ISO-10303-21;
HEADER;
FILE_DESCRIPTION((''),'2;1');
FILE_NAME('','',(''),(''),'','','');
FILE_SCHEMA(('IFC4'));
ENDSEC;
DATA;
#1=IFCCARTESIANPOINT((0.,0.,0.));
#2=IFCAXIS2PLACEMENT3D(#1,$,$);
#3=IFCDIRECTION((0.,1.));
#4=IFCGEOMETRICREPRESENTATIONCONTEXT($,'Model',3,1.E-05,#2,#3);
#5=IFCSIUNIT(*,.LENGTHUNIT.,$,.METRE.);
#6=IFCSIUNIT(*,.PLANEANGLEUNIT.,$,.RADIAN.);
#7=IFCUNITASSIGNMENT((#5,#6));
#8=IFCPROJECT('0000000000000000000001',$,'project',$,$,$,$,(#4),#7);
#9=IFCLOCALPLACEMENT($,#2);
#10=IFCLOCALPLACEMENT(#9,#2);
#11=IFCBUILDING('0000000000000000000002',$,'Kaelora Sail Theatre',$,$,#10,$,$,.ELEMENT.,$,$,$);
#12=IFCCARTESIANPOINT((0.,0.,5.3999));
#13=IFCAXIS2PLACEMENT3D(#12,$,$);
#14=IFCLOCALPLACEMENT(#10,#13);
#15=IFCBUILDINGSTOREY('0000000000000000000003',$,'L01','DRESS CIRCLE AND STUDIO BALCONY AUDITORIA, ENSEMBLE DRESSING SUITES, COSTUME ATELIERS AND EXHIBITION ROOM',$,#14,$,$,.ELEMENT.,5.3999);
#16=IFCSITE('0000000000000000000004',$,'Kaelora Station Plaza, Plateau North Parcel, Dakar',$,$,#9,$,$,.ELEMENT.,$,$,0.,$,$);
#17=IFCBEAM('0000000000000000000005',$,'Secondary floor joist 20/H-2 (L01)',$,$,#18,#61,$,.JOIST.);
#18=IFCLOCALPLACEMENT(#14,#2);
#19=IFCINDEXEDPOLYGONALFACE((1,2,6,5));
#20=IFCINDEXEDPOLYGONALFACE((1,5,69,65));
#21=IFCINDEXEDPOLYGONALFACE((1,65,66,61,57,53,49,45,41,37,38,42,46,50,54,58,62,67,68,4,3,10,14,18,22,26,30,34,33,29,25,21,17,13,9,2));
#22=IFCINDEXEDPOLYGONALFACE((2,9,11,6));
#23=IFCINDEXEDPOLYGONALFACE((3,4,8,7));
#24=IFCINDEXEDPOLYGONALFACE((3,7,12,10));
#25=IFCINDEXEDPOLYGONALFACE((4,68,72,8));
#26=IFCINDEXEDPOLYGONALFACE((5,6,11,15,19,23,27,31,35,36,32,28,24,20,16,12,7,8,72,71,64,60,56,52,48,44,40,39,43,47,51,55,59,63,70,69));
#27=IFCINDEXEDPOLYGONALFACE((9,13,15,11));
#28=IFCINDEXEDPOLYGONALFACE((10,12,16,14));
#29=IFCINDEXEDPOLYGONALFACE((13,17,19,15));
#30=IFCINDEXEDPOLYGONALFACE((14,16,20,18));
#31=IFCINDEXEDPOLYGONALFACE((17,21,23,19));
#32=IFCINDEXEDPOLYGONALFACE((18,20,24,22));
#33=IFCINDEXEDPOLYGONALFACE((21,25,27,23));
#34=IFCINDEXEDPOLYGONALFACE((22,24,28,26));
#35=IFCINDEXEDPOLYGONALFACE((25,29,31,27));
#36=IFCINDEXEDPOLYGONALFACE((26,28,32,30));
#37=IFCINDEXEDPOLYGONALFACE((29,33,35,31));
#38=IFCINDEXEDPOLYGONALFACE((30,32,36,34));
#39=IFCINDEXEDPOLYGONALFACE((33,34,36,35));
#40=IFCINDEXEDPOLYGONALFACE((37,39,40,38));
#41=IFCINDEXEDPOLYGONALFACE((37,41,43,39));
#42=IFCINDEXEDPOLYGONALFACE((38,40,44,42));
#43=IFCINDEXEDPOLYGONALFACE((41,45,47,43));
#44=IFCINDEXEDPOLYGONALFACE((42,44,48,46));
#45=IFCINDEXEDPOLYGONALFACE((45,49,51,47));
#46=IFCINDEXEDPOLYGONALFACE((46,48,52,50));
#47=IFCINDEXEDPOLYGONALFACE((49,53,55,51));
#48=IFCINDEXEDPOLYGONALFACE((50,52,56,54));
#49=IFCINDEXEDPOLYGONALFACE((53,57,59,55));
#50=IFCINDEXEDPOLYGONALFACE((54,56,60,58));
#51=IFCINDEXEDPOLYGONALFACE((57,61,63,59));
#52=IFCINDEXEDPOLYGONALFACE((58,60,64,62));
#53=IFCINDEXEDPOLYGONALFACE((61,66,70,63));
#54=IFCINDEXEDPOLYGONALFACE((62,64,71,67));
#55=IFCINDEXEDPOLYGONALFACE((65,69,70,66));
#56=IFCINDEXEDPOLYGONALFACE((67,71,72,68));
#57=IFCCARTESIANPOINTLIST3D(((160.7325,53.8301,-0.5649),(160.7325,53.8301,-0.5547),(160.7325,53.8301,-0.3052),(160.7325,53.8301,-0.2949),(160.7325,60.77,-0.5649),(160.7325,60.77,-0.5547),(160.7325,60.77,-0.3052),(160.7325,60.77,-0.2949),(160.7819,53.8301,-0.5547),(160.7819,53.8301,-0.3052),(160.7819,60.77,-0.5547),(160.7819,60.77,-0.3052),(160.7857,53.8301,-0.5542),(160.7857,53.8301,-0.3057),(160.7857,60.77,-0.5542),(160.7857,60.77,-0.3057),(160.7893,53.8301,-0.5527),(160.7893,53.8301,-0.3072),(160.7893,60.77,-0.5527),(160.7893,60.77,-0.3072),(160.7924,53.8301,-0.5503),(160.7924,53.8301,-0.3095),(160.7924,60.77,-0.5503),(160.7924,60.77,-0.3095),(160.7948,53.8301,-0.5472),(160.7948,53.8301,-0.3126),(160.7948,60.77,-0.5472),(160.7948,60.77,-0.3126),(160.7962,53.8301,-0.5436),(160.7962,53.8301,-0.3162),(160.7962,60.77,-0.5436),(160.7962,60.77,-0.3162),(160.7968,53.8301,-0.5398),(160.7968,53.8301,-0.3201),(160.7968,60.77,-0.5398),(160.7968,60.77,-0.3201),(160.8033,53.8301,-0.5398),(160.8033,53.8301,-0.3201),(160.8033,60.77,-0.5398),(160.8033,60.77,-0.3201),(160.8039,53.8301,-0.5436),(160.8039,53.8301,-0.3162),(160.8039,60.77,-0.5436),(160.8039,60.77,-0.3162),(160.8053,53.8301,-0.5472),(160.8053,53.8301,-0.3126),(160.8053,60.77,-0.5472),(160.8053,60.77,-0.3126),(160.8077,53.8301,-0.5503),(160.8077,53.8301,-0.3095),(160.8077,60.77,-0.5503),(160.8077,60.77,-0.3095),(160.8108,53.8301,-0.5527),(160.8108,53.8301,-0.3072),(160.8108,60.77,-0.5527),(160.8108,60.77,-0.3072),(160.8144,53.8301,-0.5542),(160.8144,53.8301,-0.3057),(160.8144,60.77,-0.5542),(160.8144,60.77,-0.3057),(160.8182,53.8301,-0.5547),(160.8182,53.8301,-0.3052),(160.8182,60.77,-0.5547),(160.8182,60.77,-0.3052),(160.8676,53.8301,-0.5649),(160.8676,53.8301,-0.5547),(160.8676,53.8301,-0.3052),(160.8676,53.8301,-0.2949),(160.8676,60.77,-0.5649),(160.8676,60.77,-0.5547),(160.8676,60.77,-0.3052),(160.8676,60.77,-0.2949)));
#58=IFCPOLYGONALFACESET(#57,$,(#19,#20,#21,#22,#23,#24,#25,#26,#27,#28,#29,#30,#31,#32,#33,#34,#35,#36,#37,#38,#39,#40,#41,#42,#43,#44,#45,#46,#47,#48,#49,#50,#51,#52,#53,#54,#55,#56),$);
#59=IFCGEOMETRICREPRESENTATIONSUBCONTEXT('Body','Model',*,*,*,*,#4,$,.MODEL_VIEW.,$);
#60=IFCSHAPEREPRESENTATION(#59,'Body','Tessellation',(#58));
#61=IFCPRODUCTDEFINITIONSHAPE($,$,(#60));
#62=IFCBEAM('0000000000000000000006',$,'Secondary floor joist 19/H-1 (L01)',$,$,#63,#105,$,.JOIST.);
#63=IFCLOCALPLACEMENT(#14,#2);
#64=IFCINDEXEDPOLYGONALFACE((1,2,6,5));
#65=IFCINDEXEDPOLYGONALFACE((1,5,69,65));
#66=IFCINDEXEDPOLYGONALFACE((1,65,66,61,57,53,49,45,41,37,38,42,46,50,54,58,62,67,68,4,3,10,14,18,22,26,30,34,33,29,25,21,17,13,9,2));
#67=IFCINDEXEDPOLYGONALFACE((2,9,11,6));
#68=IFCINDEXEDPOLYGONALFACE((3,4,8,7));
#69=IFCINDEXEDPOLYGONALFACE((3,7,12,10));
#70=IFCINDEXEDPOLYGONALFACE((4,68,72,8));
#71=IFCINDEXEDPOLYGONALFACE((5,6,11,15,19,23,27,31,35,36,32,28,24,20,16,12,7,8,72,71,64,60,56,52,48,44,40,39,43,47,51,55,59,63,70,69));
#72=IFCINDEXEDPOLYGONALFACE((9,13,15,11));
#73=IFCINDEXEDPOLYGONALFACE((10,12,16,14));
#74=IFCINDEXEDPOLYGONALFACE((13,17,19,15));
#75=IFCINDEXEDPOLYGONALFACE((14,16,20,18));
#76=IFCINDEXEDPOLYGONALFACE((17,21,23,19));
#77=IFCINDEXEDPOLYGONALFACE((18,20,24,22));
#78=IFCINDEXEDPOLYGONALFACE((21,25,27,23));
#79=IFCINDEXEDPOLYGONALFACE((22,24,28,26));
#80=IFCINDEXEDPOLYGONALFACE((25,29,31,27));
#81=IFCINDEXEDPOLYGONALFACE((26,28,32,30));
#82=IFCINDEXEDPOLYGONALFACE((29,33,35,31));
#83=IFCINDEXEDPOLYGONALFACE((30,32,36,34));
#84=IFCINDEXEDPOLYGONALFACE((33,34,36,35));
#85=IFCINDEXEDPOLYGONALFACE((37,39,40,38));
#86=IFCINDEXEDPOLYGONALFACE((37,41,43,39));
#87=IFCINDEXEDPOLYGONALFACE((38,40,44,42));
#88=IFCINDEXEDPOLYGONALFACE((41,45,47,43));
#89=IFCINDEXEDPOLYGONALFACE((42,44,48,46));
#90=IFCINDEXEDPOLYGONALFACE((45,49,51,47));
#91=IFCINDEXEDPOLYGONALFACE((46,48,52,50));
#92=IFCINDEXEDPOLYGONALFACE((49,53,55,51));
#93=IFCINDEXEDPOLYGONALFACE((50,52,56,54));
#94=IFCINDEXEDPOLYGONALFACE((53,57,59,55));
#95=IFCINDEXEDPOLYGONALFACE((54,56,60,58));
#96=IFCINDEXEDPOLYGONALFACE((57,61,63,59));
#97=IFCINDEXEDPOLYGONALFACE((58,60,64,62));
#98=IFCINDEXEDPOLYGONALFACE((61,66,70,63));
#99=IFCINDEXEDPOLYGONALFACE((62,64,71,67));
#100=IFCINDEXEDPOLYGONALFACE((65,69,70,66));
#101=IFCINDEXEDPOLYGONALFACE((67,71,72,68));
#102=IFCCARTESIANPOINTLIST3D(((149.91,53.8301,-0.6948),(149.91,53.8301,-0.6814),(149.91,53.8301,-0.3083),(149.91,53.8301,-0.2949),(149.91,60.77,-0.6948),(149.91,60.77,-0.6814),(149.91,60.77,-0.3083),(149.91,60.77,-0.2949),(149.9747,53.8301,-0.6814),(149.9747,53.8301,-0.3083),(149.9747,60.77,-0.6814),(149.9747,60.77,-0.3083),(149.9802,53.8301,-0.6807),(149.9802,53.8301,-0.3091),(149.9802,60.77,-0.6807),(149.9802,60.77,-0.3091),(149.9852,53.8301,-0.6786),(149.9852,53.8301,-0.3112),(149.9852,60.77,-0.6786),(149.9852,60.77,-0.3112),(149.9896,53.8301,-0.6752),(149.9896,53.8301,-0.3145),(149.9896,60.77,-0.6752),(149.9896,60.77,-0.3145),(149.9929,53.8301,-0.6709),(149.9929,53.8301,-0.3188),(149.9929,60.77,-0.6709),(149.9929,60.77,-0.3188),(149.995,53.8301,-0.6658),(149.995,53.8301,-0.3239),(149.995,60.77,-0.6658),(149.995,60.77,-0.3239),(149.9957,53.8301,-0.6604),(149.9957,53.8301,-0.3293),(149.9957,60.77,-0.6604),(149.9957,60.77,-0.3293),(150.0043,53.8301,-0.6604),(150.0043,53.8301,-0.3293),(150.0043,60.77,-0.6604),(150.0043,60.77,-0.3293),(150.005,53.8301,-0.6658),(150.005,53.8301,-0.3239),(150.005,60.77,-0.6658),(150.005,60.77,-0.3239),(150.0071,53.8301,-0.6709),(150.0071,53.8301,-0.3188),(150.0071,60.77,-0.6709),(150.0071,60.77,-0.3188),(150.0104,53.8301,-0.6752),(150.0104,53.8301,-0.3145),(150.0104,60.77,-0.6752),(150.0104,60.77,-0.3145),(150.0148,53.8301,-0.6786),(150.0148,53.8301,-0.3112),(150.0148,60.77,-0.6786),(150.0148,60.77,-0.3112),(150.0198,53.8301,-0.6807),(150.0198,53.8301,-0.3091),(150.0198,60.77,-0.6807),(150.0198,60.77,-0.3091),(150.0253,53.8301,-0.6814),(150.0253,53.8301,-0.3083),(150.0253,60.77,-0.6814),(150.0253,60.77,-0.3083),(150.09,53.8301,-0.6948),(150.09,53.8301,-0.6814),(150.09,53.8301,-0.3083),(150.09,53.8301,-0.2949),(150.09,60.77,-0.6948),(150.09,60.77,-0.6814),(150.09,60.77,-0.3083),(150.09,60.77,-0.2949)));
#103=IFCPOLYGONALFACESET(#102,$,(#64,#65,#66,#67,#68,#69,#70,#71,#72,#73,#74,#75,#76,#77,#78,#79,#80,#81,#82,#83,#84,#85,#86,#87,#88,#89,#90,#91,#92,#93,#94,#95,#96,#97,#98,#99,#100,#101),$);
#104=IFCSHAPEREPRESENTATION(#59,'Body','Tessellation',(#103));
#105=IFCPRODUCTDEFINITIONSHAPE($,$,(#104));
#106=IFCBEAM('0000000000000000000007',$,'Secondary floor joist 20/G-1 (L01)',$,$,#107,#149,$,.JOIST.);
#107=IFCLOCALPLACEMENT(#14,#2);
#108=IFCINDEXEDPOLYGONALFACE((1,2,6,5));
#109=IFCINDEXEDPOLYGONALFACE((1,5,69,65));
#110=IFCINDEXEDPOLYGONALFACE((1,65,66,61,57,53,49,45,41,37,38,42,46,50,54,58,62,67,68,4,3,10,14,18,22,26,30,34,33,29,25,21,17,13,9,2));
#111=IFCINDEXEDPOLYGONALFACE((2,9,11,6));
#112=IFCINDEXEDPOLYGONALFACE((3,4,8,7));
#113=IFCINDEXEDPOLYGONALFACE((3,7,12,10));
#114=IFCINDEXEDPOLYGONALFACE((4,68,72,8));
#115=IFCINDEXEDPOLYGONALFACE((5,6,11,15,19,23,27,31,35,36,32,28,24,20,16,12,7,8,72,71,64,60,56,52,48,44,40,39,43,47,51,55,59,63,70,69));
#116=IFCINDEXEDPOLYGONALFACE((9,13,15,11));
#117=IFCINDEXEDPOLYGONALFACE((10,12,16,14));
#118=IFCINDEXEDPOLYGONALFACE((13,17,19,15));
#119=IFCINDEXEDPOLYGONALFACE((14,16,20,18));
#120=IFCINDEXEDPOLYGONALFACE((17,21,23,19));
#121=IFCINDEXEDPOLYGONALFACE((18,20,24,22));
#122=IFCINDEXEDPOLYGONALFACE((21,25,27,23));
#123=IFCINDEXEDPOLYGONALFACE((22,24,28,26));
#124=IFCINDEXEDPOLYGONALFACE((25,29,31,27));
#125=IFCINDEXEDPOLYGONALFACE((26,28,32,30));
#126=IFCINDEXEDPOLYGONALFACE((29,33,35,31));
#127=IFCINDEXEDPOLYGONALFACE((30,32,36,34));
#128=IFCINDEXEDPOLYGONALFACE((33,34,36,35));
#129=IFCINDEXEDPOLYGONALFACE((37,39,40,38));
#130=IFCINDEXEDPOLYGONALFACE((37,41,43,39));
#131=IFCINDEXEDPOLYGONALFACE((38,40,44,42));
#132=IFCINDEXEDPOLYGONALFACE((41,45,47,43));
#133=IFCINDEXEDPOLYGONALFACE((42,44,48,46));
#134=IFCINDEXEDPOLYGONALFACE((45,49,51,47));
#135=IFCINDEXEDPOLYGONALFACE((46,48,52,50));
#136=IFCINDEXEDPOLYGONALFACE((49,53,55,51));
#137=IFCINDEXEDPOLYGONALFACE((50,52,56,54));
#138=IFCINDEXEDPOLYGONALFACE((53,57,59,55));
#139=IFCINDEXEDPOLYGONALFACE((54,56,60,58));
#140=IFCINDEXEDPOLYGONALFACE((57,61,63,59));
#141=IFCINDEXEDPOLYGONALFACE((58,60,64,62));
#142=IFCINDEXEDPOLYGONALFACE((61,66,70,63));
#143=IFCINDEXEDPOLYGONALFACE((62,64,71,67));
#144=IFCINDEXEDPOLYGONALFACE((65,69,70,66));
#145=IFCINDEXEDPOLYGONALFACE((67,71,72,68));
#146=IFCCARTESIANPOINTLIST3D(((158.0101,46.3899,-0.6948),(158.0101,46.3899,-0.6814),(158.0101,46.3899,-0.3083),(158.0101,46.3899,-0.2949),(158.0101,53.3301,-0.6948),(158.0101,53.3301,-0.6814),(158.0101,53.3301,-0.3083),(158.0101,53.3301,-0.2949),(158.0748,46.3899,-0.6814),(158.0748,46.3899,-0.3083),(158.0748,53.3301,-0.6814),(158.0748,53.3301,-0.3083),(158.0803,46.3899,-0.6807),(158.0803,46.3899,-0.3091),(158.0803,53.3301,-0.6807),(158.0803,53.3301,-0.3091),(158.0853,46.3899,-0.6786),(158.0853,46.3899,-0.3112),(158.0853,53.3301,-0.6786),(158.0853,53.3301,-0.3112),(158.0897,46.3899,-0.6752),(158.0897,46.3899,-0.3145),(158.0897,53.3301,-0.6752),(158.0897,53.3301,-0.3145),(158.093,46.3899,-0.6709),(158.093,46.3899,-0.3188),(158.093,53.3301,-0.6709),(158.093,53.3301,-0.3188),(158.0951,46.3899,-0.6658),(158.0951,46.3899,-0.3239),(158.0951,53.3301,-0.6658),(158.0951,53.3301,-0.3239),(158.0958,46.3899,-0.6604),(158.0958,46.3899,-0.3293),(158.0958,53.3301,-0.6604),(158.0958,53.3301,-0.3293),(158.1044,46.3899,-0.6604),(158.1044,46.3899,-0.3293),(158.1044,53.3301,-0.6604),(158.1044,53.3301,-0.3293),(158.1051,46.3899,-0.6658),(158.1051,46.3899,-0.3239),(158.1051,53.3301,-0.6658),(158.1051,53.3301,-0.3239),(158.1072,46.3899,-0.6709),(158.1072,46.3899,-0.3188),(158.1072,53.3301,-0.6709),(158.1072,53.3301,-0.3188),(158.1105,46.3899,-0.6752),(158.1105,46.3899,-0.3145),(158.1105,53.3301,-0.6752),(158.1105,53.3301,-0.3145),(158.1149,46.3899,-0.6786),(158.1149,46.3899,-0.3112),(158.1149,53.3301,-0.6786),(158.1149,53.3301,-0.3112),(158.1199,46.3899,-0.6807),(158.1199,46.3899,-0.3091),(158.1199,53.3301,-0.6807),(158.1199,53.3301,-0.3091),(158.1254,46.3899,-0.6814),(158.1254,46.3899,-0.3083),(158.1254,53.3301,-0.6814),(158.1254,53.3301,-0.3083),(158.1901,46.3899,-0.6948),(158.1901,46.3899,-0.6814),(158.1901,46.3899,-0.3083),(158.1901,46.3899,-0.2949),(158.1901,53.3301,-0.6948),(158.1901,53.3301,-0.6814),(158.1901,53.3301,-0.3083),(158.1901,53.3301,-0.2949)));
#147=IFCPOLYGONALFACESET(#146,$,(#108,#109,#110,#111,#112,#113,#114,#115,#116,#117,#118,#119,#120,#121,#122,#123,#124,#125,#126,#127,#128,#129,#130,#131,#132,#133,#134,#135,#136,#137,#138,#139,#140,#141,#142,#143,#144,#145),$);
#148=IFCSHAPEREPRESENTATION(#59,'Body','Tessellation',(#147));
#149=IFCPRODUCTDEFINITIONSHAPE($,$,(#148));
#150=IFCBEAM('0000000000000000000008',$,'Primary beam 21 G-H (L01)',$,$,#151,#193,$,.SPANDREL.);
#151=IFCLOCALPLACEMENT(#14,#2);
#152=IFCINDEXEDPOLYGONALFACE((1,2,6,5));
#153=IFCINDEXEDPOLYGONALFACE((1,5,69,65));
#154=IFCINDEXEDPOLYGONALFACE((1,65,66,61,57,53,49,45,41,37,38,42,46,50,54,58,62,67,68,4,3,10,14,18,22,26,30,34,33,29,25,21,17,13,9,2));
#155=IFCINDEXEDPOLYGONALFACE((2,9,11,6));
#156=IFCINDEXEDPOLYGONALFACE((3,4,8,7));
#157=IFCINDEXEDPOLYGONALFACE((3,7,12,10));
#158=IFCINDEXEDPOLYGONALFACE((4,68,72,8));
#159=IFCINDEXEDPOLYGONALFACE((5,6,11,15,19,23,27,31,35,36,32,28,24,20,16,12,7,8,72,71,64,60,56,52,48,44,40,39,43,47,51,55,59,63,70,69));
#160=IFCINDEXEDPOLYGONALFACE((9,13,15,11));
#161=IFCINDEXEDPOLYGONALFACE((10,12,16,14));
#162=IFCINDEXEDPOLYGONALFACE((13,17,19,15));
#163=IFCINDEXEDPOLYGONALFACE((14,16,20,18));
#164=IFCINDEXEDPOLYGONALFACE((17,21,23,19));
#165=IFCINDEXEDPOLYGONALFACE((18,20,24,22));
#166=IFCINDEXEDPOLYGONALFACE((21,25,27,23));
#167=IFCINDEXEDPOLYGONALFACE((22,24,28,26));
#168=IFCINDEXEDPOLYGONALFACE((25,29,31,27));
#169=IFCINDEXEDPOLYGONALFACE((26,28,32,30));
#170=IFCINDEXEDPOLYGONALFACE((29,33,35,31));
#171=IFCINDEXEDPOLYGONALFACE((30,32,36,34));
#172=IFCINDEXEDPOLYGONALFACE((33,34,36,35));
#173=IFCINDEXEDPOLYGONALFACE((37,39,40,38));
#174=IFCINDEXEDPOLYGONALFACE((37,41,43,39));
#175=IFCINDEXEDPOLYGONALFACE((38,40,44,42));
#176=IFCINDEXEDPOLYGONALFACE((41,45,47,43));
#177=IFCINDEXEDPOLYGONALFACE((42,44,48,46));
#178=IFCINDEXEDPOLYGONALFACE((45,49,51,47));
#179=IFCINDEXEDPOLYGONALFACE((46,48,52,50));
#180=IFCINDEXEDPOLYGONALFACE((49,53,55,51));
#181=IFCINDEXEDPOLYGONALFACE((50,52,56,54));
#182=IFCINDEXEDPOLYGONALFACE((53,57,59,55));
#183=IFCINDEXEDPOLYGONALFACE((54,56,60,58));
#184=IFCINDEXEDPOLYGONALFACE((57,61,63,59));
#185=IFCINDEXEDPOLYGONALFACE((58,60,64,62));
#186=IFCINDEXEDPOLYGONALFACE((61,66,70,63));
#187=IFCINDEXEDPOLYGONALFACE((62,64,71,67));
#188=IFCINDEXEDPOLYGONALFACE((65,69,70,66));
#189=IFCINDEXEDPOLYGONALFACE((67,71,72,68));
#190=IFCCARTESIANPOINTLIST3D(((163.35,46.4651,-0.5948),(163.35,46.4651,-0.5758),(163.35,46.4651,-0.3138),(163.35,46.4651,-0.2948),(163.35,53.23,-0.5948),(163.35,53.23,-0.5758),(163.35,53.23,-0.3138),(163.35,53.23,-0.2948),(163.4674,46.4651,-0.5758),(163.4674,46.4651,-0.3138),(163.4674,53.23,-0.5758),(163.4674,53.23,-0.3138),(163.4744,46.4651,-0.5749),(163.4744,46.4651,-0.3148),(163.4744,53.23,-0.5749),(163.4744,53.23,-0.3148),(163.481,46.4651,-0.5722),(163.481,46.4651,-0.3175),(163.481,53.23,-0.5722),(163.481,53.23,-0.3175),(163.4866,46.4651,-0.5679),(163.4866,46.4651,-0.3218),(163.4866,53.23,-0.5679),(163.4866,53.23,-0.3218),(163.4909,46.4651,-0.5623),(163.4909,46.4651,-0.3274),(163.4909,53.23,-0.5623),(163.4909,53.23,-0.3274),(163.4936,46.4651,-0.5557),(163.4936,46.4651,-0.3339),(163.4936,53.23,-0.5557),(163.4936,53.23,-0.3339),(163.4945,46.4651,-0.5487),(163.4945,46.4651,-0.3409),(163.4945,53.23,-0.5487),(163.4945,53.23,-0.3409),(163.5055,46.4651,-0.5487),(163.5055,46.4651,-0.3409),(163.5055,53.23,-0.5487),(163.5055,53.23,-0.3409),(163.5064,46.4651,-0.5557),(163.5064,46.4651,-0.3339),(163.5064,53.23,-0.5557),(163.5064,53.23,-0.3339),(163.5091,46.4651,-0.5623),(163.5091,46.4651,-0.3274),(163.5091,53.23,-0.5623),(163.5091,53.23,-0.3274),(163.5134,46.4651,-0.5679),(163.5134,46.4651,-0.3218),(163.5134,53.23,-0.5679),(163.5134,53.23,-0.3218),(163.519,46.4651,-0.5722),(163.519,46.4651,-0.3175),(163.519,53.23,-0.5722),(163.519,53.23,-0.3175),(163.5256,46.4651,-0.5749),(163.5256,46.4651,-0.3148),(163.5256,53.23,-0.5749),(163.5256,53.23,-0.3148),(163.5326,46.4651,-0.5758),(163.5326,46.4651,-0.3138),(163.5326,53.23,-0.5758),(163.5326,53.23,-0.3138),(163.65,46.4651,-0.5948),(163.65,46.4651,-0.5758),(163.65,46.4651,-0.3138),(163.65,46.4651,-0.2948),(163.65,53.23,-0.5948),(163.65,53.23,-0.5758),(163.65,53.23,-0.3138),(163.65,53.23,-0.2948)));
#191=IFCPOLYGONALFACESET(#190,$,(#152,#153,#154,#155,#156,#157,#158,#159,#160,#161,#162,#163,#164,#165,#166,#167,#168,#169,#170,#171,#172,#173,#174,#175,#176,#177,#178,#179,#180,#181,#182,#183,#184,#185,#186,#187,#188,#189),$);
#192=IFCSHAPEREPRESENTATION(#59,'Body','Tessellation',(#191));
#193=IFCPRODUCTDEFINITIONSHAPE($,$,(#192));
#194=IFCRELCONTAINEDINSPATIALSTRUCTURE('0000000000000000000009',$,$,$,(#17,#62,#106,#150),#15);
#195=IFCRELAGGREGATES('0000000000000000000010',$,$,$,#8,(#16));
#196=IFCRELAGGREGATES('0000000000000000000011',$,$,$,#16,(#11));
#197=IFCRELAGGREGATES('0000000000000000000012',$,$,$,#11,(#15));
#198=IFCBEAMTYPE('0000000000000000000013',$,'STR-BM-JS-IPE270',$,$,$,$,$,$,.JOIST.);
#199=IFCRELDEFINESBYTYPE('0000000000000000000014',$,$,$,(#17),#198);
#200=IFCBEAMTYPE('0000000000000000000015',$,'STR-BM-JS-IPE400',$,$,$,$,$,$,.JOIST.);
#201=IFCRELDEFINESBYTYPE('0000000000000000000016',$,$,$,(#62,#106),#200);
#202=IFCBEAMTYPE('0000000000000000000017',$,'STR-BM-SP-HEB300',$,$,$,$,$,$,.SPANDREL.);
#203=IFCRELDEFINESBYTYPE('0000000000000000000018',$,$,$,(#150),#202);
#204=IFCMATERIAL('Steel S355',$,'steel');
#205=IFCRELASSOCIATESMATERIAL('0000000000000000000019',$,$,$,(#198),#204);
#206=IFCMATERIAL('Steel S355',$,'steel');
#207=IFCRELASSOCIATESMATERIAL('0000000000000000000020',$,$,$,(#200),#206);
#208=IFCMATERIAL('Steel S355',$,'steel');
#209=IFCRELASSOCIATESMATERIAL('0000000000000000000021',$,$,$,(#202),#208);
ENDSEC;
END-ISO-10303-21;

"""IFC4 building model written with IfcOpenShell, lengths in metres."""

from ifc_helpers import new_model, si_unit, direction, frame, origin, origin_2d, place, context, subcontext, project, spatial, i_section, extrude, material, material_profile, profile_set, type_object, element, save


model = new_model("IFC4")

# Units and contexts
model_context = context("Model", 3, precision=1e-05, world=origin(), true_north=direction((0.0, 1.0)))
body_context = subcontext(model_context, "Body", "Model", "MODEL_VIEW")
ifc_project = project(units=[si_unit("LENGTHUNIT", "METRE"), si_unit("PLANEANGLEUNIT", "RADIAN")], contexts=[model_context])

# Site, building, storey
site_placement = place(None, origin())
site = spatial("IfcSite", under=ifc_project, at=site_placement, Name="Kaelora Station Plaza, Plateau North Parcel, Dakar", CompositionType="ELEMENT", RefElevation=0.0)
building_placement = place(site_placement, origin())
building = spatial("IfcBuilding", under=site, at=building_placement, Name="Kaelora Sail Theatre", CompositionType="ELEMENT")
storey_placement = place(building_placement, frame((0.0, 0.0, 5.3999)))
storey = spatial("IfcBuildingStorey", under=building, at=storey_placement, Name="L01", Description="DRESS CIRCLE AND STUDIO BALCONY AUDITORIA, ENSEMBLE DRESSING SUITES, COSTUME ATELIERS AND EXHIBITION ROOM", CompositionType="ELEMENT", Elevation=5.3999)

# Beams
ifc_material_1 = material(Name="Steel S355", Category="steel")
ifc_material_profile_1 = material_profile(ifc_material_1, i_section(OverallWidth=0.135, OverallDepth=0.27, WebThickness=0.0066, FlangeThickness=0.0103, FilletRadius=0.0149, at=origin_2d()), Name="IPE 270")
ifc_profile_set_1 = profile_set([ifc_material_profile_1], Name="Steel S355")
beam_type_1 = type_object("IfcBeamType", Name="STR-BM-JS-IPE270", PredefinedType="JOIST", material=ifc_profile_set_1)
beam_1_placement = place(storey_placement, frame((160.8, 53.8301, -0.4299), z_axis=(0.0, 1.0, 0.0), x_axis=(-1.0, 0.0, 0.0)))
element("IfcBeam", 1, at=beam_1_placement, inside=storey, type_object=beam_type_1, Name="Secondary floor joist 20/H-2 (L01)", PredefinedType="JOIST", context=body_context, shape_type="SweptSolid", body=[
    extrude(i_section(OverallWidth=0.135, OverallDepth=0.27, WebThickness=0.0066, FlangeThickness=0.0103, FilletRadius=0.0149, at=origin_2d()), origin(), (0.0, 0.0, 1.0), 6.9399),
])
ifc_material_2 = material(Name="Steel S355", Category="steel")
ifc_material_profile_2 = material_profile(ifc_material_2, i_section(OverallWidth=0.1799, OverallDepth=0.3999, WebThickness=0.0085, FlangeThickness=0.0134, FilletRadius=0.021, at=origin_2d()), Name="IPE 400")
ifc_profile_set_2 = profile_set([ifc_material_profile_2], Name="Steel S355")
beam_type_2 = type_object("IfcBeamType", Name="STR-BM-JS-IPE400", PredefinedType="JOIST", material=ifc_profile_set_2)
beam_2_placement = place(storey_placement, frame((150.0, 53.8301, -0.4949), z_axis=(0.0, 1.0, 0.0), x_axis=(-1.0, 0.0, 0.0)))
element("IfcBeam", 2, at=beam_2_placement, inside=storey, type_object=beam_type_2, Name="Secondary floor joist 19/H-1 (L01)", PredefinedType="JOIST", context=body_context, shape_type="SweptSolid", body=[
    extrude(i_section(OverallWidth=0.1799, OverallDepth=0.3999, WebThickness=0.0085, FlangeThickness=0.0134, FilletRadius=0.021, at=origin_2d()), origin(), (0.0, 0.0, 1.0), 6.9399),
])
beam_3_placement = place(storey_placement, frame((158.1001, 46.3899, -0.4949), z_axis=(0.0, 1.0, 0.0), x_axis=(-1.0, 0.0, 0.0)))
element("IfcBeam", 3, at=beam_3_placement, inside=storey, type_object=beam_type_2, Name="Secondary floor joist 20/G-1 (L01)", PredefinedType="JOIST", context=body_context, shape_type="SweptSolid", body=[
    extrude(i_section(OverallWidth=0.1799, OverallDepth=0.3999, WebThickness=0.0085, FlangeThickness=0.0134, FilletRadius=0.021, at=origin_2d()), origin(), (0.0, 0.0, 1.0), 6.9402),
])
ifc_material_3 = material(Name="Steel S355", Category="steel")
ifc_material_profile_3 = material_profile(ifc_material_3, i_section(OverallWidth=0.3, OverallDepth=0.3, WebThickness=0.011, FlangeThickness=0.019, FilletRadius=0.0271, at=origin_2d()), Name="HEB 300")
ifc_profile_set_3 = profile_set([ifc_material_profile_3], Name="Steel S355")
beam_type_3 = type_object("IfcBeamType", Name="STR-BM-SP-HEB300", PredefinedType="SPANDREL", material=ifc_profile_set_3)
beam_4_placement = place(storey_placement, frame((163.5, 46.4651, -0.4448), z_axis=(0.0, 1.0, 0.0), x_axis=(-1.0, 0.0, 0.0)))
element("IfcBeam", 4, at=beam_4_placement, inside=storey, type_object=beam_type_3, Name="Primary beam 21 G-H (L01)", PredefinedType="SPANDREL", context=body_context, shape_type="SweptSolid", body=[
    extrude(i_section(OverallWidth=0.3, OverallDepth=0.3, WebThickness=0.011, FlangeThickness=0.019, FilletRadius=0.0271, at=origin_2d()), origin(), (0.0, 0.0, 1.0), 6.7649),
])

save(model, "model.ifc")
